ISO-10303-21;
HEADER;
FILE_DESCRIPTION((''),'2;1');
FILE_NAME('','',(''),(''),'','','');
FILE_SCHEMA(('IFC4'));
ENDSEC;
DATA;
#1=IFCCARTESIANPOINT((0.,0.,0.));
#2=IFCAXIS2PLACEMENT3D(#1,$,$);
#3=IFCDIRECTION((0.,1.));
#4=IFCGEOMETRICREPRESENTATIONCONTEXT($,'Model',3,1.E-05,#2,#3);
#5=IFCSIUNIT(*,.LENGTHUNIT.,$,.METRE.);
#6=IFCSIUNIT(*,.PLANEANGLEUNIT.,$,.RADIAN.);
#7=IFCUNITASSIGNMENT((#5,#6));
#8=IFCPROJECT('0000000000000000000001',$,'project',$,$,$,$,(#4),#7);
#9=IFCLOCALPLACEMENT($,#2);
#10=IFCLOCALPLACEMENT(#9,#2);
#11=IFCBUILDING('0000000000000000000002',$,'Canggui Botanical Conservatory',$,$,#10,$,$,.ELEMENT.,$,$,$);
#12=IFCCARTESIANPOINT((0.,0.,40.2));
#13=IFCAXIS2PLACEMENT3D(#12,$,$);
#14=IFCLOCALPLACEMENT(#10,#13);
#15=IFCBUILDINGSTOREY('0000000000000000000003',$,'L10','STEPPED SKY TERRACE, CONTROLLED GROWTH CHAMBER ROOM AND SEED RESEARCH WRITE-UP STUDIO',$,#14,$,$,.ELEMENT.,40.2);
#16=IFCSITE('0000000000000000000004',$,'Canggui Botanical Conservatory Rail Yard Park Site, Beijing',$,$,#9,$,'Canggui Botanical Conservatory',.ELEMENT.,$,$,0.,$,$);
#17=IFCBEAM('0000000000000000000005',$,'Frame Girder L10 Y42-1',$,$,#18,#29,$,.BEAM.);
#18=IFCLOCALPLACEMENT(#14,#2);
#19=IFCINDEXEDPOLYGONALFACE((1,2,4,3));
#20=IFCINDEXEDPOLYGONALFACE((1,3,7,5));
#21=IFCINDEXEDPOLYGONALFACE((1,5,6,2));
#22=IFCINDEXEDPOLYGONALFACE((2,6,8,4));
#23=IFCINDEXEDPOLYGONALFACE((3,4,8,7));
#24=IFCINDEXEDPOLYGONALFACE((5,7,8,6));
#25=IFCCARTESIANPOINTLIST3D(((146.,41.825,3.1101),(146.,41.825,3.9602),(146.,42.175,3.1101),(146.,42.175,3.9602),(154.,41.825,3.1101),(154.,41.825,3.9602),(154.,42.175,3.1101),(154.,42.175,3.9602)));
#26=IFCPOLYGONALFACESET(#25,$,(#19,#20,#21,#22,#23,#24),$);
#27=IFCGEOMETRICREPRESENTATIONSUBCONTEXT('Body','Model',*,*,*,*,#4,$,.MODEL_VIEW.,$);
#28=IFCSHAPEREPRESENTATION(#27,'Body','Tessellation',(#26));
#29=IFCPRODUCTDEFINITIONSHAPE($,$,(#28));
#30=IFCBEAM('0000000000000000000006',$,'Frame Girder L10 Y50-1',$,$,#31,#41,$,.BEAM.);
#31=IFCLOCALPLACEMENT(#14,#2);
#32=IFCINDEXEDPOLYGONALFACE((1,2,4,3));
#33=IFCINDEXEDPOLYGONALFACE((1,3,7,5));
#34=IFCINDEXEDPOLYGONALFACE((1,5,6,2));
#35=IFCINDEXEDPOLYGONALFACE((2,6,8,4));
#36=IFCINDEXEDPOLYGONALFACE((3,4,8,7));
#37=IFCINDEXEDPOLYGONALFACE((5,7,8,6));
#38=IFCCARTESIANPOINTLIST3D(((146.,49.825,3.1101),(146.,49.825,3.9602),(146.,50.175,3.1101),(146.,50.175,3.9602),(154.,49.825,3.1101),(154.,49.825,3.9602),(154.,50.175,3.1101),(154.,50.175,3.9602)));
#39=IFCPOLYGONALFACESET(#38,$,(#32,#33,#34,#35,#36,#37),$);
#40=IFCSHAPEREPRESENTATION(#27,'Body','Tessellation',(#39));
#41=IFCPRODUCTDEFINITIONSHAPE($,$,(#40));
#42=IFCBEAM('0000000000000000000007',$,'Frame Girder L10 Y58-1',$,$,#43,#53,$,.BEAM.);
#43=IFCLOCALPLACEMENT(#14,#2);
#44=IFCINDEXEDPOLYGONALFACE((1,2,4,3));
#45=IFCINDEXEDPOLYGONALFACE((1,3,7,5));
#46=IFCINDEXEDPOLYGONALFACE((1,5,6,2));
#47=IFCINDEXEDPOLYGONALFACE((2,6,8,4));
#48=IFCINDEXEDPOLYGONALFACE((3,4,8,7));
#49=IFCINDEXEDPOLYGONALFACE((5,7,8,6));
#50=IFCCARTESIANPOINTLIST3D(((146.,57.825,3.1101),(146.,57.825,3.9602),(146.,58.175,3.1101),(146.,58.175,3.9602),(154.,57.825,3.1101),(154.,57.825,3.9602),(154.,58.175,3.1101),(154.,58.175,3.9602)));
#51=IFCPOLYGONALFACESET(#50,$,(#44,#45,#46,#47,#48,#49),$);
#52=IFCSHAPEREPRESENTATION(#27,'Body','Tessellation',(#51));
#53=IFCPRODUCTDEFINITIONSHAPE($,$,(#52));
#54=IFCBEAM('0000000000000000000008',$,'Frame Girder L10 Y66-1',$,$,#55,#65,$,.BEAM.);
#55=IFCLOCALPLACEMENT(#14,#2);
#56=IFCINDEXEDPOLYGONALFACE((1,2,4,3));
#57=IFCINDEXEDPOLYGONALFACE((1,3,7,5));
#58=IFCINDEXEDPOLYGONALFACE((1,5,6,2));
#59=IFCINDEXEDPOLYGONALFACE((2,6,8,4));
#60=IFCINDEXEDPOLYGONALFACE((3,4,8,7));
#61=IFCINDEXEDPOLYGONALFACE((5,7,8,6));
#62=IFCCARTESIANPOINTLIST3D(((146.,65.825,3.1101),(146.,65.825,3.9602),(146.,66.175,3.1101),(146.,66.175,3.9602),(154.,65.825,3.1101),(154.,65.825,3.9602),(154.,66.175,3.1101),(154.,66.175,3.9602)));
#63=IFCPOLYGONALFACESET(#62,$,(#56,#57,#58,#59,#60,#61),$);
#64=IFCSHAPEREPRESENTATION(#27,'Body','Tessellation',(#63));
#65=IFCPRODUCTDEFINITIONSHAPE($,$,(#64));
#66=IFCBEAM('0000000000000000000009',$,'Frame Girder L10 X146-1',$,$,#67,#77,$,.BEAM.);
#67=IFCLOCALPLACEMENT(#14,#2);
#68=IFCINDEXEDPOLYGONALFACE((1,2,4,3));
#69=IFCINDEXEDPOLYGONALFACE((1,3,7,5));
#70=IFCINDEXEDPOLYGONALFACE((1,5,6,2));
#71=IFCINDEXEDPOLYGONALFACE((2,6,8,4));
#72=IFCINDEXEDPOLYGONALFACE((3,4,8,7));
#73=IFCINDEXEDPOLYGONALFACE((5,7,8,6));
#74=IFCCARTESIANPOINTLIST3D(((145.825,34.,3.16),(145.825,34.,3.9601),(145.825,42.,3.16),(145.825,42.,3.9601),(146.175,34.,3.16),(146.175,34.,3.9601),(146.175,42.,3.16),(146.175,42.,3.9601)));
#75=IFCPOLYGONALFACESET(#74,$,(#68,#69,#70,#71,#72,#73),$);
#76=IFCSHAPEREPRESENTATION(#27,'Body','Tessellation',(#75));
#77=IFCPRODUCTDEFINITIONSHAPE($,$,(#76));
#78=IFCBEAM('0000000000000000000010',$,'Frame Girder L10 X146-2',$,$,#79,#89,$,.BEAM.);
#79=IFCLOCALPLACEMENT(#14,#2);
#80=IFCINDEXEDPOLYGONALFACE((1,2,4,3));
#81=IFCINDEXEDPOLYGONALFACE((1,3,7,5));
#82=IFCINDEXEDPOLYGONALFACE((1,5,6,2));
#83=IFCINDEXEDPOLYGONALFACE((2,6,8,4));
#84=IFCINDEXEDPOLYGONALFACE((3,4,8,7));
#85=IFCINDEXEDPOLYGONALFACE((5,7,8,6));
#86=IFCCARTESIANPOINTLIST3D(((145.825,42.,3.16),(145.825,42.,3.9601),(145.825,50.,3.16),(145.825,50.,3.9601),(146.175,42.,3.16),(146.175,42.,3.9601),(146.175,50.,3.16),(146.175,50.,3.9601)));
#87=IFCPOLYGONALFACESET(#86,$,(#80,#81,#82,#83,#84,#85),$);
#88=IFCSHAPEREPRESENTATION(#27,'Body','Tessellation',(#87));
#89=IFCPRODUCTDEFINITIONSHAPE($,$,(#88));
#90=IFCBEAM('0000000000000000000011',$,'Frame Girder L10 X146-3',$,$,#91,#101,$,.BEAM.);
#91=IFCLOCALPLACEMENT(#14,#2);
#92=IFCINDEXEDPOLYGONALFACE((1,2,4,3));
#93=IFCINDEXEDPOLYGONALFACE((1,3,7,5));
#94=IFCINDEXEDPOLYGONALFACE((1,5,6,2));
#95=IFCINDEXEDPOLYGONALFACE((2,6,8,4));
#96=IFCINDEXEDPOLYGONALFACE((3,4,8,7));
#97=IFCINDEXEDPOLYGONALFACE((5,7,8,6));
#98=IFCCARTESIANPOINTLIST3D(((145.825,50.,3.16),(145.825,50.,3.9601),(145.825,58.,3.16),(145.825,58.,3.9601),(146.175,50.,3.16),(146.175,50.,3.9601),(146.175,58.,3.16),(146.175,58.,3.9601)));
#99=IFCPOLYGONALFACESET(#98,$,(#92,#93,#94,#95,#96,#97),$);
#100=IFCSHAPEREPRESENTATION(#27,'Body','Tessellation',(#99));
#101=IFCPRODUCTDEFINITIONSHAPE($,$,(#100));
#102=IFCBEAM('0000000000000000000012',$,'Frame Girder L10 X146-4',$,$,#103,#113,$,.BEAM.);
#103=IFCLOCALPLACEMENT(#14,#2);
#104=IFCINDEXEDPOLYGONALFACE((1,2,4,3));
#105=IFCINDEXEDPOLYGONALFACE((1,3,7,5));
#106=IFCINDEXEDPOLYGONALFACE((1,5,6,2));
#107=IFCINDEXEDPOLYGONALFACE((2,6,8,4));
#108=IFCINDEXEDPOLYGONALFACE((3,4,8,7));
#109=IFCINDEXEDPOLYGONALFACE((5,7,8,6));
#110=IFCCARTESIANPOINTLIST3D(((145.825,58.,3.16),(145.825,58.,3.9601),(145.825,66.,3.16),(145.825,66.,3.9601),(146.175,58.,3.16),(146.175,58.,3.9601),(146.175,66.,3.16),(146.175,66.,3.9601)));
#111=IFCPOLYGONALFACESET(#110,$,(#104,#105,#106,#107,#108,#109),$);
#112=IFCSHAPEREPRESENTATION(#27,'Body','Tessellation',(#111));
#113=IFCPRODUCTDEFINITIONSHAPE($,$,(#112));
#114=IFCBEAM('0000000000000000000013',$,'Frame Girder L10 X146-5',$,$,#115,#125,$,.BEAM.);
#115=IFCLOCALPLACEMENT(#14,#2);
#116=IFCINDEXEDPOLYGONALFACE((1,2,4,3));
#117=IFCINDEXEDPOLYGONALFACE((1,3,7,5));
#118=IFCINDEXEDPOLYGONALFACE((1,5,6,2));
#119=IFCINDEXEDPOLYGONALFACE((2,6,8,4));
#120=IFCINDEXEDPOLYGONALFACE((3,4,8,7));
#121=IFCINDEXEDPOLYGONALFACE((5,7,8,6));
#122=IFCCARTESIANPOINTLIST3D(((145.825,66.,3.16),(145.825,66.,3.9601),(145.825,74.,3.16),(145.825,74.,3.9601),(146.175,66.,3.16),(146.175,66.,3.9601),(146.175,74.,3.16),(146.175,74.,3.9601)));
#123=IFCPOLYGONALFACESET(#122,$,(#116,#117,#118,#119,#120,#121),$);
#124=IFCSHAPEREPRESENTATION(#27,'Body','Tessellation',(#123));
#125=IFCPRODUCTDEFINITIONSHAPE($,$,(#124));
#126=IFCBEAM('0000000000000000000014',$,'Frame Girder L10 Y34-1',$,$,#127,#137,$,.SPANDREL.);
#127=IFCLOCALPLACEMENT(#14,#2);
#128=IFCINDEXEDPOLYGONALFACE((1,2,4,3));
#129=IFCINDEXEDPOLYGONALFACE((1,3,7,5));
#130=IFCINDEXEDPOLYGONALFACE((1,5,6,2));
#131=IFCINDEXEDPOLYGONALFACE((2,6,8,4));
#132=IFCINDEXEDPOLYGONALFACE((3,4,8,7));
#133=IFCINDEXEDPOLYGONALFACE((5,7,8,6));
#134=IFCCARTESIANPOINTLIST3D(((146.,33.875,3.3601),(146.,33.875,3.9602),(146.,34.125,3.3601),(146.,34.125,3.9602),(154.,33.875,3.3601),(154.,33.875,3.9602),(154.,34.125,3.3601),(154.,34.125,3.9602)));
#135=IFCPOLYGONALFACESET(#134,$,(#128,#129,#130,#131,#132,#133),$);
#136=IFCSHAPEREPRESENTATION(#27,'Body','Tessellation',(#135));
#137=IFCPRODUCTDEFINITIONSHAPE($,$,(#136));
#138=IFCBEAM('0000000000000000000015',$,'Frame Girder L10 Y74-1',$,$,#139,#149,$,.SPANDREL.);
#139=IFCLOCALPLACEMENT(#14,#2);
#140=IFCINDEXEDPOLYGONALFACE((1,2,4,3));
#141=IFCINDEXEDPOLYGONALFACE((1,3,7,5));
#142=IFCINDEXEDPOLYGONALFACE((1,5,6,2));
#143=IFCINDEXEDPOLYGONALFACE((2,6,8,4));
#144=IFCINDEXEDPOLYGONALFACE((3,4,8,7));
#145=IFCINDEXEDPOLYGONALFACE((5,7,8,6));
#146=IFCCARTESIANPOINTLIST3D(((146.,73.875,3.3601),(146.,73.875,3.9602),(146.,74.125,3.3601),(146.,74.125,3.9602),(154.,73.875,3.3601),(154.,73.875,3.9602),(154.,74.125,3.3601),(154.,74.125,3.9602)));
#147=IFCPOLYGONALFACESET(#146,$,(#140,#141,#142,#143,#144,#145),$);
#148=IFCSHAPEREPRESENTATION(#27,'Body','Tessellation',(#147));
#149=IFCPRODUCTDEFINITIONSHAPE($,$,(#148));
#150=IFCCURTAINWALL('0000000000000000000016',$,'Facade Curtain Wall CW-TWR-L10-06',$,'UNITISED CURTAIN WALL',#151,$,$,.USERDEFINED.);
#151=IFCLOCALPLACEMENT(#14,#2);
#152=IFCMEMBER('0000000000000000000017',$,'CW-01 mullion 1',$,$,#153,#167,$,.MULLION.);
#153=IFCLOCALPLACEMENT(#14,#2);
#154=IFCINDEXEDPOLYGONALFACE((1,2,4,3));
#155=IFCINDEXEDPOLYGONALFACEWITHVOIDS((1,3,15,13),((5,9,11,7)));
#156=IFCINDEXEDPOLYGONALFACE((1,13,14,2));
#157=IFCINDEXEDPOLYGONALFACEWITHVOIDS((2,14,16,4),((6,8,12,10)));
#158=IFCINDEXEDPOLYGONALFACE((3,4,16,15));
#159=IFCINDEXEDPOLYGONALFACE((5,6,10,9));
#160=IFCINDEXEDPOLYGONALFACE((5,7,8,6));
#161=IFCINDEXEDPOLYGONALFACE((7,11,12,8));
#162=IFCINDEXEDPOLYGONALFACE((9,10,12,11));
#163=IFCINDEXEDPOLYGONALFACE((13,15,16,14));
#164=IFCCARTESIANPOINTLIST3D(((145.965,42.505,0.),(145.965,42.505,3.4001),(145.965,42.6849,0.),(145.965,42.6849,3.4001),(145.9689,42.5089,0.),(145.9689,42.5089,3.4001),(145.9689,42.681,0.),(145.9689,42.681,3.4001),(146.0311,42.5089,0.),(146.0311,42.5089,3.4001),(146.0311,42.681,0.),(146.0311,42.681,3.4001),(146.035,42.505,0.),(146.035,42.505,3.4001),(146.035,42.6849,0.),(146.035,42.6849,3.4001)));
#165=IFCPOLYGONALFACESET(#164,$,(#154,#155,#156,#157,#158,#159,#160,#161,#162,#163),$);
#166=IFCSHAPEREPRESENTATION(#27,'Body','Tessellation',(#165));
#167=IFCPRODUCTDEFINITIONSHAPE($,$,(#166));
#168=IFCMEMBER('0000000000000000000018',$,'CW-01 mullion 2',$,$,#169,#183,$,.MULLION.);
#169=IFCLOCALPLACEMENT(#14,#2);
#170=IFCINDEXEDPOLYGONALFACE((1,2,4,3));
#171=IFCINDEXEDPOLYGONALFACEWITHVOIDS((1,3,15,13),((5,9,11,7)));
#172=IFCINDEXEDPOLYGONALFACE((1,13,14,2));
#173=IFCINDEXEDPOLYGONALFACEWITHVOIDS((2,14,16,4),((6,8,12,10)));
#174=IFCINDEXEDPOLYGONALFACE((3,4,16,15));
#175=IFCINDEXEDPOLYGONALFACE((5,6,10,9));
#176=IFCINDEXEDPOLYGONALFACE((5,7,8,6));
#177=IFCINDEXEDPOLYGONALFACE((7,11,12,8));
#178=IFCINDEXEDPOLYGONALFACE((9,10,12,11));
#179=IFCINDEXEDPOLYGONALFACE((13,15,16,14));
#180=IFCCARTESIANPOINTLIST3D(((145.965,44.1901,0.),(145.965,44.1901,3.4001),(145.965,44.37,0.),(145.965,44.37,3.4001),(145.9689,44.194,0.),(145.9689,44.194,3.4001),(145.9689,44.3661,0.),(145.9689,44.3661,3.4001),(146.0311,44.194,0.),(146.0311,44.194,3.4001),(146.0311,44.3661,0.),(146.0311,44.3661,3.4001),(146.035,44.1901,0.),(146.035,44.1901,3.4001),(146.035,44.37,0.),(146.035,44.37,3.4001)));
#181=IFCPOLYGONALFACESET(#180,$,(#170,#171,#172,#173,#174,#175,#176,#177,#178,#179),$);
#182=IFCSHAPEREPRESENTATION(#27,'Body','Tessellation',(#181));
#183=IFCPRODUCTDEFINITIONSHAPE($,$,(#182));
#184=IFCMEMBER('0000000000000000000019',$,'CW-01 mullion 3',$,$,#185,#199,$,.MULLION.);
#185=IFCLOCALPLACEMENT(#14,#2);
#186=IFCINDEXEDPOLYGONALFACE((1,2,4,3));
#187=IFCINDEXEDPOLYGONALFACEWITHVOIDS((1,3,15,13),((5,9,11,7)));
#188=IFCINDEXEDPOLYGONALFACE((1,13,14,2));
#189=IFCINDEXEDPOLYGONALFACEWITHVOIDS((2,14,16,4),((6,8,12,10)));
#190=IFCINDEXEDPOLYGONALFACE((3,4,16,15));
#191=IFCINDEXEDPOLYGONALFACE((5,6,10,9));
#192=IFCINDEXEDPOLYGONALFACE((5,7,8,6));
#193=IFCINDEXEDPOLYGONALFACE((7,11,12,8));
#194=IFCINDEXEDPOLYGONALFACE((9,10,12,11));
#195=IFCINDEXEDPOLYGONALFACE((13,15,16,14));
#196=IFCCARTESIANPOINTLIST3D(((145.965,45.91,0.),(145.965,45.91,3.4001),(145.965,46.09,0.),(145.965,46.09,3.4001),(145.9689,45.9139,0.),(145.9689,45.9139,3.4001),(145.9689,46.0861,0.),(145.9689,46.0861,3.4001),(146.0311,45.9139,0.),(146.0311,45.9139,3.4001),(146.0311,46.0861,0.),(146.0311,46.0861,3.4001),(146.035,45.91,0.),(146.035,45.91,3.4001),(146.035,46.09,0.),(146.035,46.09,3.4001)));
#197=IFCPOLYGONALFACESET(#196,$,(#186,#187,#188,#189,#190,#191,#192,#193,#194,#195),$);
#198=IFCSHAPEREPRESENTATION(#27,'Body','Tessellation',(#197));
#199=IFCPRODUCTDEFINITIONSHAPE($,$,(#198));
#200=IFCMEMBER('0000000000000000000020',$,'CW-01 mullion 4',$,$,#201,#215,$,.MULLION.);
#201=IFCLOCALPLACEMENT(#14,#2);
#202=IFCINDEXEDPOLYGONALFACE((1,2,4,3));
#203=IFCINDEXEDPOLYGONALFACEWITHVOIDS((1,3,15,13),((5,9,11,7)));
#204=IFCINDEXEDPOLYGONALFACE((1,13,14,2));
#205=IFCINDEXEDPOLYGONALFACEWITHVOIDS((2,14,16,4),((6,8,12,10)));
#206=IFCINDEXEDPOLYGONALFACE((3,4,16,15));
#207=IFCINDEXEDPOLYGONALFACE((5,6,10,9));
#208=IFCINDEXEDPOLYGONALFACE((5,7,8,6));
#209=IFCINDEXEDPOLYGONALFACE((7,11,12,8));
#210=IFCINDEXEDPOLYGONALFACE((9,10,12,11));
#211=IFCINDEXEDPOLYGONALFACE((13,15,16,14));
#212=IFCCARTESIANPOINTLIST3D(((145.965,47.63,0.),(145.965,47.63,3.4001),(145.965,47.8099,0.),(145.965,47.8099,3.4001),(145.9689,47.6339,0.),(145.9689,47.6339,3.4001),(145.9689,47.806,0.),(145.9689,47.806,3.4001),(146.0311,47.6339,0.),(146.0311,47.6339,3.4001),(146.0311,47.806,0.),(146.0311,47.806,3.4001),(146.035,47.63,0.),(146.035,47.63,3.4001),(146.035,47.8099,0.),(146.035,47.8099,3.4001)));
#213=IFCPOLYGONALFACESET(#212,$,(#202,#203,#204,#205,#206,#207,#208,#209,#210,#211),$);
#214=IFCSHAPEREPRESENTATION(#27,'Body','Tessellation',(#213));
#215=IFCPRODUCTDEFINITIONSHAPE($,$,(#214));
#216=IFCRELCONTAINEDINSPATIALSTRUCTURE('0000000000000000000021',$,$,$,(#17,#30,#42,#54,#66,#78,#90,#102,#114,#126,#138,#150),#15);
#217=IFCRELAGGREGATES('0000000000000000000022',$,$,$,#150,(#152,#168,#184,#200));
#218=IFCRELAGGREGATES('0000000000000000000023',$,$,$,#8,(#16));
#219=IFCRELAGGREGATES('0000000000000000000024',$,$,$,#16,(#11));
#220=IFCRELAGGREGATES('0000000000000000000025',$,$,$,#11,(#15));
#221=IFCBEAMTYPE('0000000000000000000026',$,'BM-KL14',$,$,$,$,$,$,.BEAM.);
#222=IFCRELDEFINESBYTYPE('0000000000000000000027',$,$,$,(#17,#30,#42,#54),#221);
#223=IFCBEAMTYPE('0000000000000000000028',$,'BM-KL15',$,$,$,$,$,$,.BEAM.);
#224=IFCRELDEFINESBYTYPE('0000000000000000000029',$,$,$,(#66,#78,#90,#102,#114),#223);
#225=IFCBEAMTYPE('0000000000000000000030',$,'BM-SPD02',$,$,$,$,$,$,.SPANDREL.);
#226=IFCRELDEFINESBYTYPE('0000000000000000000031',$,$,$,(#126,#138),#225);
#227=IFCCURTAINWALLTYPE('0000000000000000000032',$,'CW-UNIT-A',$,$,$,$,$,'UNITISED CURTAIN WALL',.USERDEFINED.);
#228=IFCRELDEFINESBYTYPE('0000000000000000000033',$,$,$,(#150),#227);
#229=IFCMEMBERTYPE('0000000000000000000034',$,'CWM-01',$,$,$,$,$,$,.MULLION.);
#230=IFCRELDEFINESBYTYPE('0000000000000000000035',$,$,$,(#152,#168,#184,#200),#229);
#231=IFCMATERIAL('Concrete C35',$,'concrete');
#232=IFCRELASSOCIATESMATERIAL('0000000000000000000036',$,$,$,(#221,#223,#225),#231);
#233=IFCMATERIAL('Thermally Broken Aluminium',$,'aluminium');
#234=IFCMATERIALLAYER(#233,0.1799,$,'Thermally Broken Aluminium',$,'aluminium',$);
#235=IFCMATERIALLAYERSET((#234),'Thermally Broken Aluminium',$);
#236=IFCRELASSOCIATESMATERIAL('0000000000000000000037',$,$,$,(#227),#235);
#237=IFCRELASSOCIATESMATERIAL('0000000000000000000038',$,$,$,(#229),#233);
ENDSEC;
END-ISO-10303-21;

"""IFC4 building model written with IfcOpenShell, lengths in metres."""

from ifc_helpers import new_model, si_unit, direction, frame, origin, origin_2d, place, context, subcontext, project, spatial, rectangle, hollow_rectangle, extrude, material, layer, layer_set, material_profile, profile_set, type_object, element, aggregate, save


model = new_model("IFC4")

# Units and contexts
model_context = context("Model", 3, precision=1e-05, world=origin(), true_north=direction((0.0, 1.0)))
body_context = subcontext(model_context, "Body", "Model", "MODEL_VIEW")
ifc_project = project(units=[si_unit("LENGTHUNIT", "METRE"), si_unit("PLANEANGLEUNIT", "RADIAN")], contexts=[model_context])

# Site, building, storey
site_placement = place(None, origin())
site = spatial("IfcSite", under=ifc_project, at=site_placement, Name="Canggui Botanical Conservatory Rail Yard Park Site, Beijing", LongName="Canggui Botanical Conservatory", CompositionType="ELEMENT", RefElevation=0.0)
building_placement = place(site_placement, origin())
building = spatial("IfcBuilding", under=site, at=building_placement, Name="Canggui Botanical Conservatory", CompositionType="ELEMENT")
storey_placement = place(building_placement, frame((0.0, 0.0, 40.2)))
storey = spatial("IfcBuildingStorey", under=building, at=storey_placement, Name="L10", Description="STEPPED SKY TERRACE, CONTROLLED GROWTH CHAMBER ROOM AND SEED RESEARCH WRITE-UP STUDIO", CompositionType="ELEMENT", Elevation=40.2)

# Beams
ifc_material_1 = material(Name="Concrete C35", Category="concrete")
ifc_material_profile_1 = material_profile(ifc_material_1, rectangle(XDim=0.3501, YDim=0.8501, at=origin_2d()), Name="RB 350x850")
ifc_profile_set_1 = profile_set([ifc_material_profile_1], Name="Concrete C35")
beam_type_1 = type_object("IfcBeamType", Name="BM-KL14", PredefinedType="BEAM", material=ifc_profile_set_1)
for number, where, z_axis, x_axis, name in (
    (1, (146.0, 42.0, 3.5352), (1.0, 0.0, 0.0), (0.0, 1.0, 0.0), "Frame Girder L10 Y42-1"),
    (2, (146.0, 50.0, 3.5352), (1.0, 0.0, 0.0), (0.0, 1.0, 0.0), "Frame Girder L10 Y50-1"),
    (3, (146.0, 58.0, 3.5352), (1.0, 0.0, 0.0), (0.0, 1.0, 0.0), "Frame Girder L10 Y58-1"),
    (4, (146.0, 66.0, 3.5352), (1.0, 0.0, 0.0), (0.0, 1.0, 0.0), "Frame Girder L10 Y66-1"),
):
    element("IfcBeam", number, at=place(storey_placement, frame(where, z_axis=z_axis, x_axis=x_axis)), inside=storey, type_object=beam_type_1, Name=name, PredefinedType="BEAM", context=body_context, shape_type="SweptSolid", body=[
        extrude(rectangle(XDim=0.3501, YDim=0.8501, at=origin_2d()), origin(), (0.0, 0.0, 1.0), 8.0),
    ])
ifc_material_profile_2 = material_profile(ifc_material_1, rectangle(XDim=0.3501, YDim=0.8, at=origin_2d()), Name="RB 350x800")
ifc_profile_set_2 = profile_set([ifc_material_profile_2], Name="Concrete C35")
beam_type_2 = type_object("IfcBeamType", Name="BM-KL15", PredefinedType="BEAM", material=ifc_profile_set_2)
for number, where, z_axis, x_axis, name in (
    (5, (146.0, 34.0, 3.5601), (0.0, 1.0, 0.0), (-1.0, 0.0, 0.0), "Frame Girder L10 X146-1"),
    (6, (146.0, 42.0, 3.5601), (0.0, 1.0, 0.0), (-1.0, 0.0, 0.0), "Frame Girder L10 X146-2"),
    (7, (146.0, 50.0, 3.5601), (0.0, 1.0, 0.0), (-1.0, 0.0, 0.0), "Frame Girder L10 X146-3"),
    (8, (146.0, 58.0, 3.5601), (0.0, 1.0, 0.0), (-1.0, 0.0, 0.0), "Frame Girder L10 X146-4"),
    (9, (146.0, 66.0, 3.5601), (0.0, 1.0, 0.0), (-1.0, 0.0, 0.0), "Frame Girder L10 X146-5"),
):
    element("IfcBeam", number, at=place(storey_placement, frame(where, z_axis=z_axis, x_axis=x_axis)), inside=storey, type_object=beam_type_2, Name=name, PredefinedType="BEAM", context=body_context, shape_type="SweptSolid", body=[
        extrude(rectangle(XDim=0.3501, YDim=0.8, at=origin_2d()), origin(), (0.0, 0.0, 1.0), 8.0),
    ])
ifc_material_profile_3 = material_profile(ifc_material_1, rectangle(XDim=0.25, YDim=0.6001, at=origin_2d()), Name="RB 250x600")
ifc_profile_set_3 = profile_set([ifc_material_profile_3], Name="Concrete C35")
beam_type_3 = type_object("IfcBeamType", Name="BM-SPD02", PredefinedType="SPANDREL", material=ifc_profile_set_3)
for number, where, z_axis, x_axis, name in (
    (10, (146.0, 34.0, 3.6602), (1.0, 0.0, 0.0), (0.0, 1.0, 0.0), "Frame Girder L10 Y34-1"),
    (11, (146.0, 74.0, 3.6602), (1.0, 0.0, 0.0), (0.0, 1.0, 0.0), "Frame Girder L10 Y74-1"),
):
    element("IfcBeam", number, at=place(storey_placement, frame(where, z_axis=z_axis, x_axis=x_axis)), inside=storey, type_object=beam_type_3, Name=name, PredefinedType="SPANDREL", context=body_context, shape_type="SweptSolid", body=[
        extrude(rectangle(XDim=0.25, YDim=0.6001, at=origin_2d()), origin(), (0.0, 0.0, 1.0), 8.0),
    ])

# Curtain wall, members
ifc_material_2 = material(Name="Thermally Broken Aluminium", Category="aluminium")
ifc_layer_1 = layer(ifc_material_2, 0.1799, Name="Thermally Broken Aluminium", Category="aluminium")
ifc_layer_set_1 = layer_set([ifc_layer_1], Name="Thermally Broken Aluminium")
curtain_wall_type = type_object("IfcCurtainWallType", Name="CW-UNIT-A", ElementType="UNITISED CURTAIN WALL", PredefinedType="USERDEFINED", material=ifc_layer_set_1)
curtain_wall_placement = place(storey_placement, origin())
curtain_wall = element("IfcCurtainWall", 12, at=curtain_wall_placement, inside=storey, type_object=curtain_wall_type, Name="Facade Curtain Wall CW-TWR-L10-06", ObjectType="UNITISED CURTAIN WALL", PredefinedType="USERDEFINED")
ifc_material_profile_4 = material_profile(ifc_material_2, hollow_rectangle(XDim=0.0701, YDim=0.1799, WallThickness=0.0039, at=origin_2d()), Name="CWM 70x180x4")
ifc_profile_set_4 = profile_set([ifc_material_profile_4], Name="Thermally Broken Aluminium")
member_type_1 = type_object("IfcMemberType", Name="CWM-01", PredefinedType="MULLION", material=ifc_profile_set_4)
member_1_placement = place(storey_placement, frame((146.0, 42.595, 0.0), z_axis=(0.0, 0.0, 1.0), x_axis=(-1.0, 0.0, 0.0)))
member_1 = element("IfcMember", 13, at=member_1_placement, type_object=member_type_1, Name="CW-01 mullion 1", PredefinedType="MULLION", context=body_context, shape_type="SweptSolid", body=[
    extrude(hollow_rectangle(XDim=0.0701, YDim=0.1799, WallThickness=0.0039, at=origin_2d()), origin(), (0.0, 0.0, 1.0), 3.4001),
])
member_2_placement = place(storey_placement, frame((146.0, 44.28, 0.0), z_axis=(0.0, 0.0, 1.0), x_axis=(-1.0, 0.0, 0.0)))
member_2 = element("IfcMember", 14, at=member_2_placement, type_object=member_type_1, Name="CW-01 mullion 2", PredefinedType="MULLION", context=body_context, shape_type="SweptSolid", body=[
    extrude(hollow_rectangle(XDim=0.0701, YDim=0.1799, WallThickness=0.0039, at=origin_2d()), origin(), (0.0, 0.0, 1.0), 3.4001),
])
member_3_placement = place(storey_placement, frame((146.0, 46.0, 0.0), z_axis=(0.0, 0.0, 1.0), x_axis=(-1.0, 0.0, 0.0)))
member_3 = element("IfcMember", 15, at=member_3_placement, type_object=member_type_1, Name="CW-01 mullion 3", PredefinedType="MULLION", context=body_context, shape_type="SweptSolid", body=[
    extrude(hollow_rectangle(XDim=0.0701, YDim=0.1799, WallThickness=0.0039, at=origin_2d()), origin(), (0.0, 0.0, 1.0), 3.4001),
])
member_4_placement = place(storey_placement, frame((146.0, 47.72, 0.0), z_axis=(0.0, 0.0, 1.0), x_axis=(-1.0, 0.0, 0.0)))
member_4 = element("IfcMember", 16, at=member_4_placement, type_object=member_type_1, Name="CW-01 mullion 4", PredefinedType="MULLION", context=body_context, shape_type="SweptSolid", body=[
    extrude(hollow_rectangle(XDim=0.0701, YDim=0.1799, WallThickness=0.0039, at=origin_2d()), origin(), (0.0, 0.0, 1.0), 3.4001),
])
aggregate(curtain_wall, [member_1, member_2, member_3, member_4])

save(model, "model.ifc")
